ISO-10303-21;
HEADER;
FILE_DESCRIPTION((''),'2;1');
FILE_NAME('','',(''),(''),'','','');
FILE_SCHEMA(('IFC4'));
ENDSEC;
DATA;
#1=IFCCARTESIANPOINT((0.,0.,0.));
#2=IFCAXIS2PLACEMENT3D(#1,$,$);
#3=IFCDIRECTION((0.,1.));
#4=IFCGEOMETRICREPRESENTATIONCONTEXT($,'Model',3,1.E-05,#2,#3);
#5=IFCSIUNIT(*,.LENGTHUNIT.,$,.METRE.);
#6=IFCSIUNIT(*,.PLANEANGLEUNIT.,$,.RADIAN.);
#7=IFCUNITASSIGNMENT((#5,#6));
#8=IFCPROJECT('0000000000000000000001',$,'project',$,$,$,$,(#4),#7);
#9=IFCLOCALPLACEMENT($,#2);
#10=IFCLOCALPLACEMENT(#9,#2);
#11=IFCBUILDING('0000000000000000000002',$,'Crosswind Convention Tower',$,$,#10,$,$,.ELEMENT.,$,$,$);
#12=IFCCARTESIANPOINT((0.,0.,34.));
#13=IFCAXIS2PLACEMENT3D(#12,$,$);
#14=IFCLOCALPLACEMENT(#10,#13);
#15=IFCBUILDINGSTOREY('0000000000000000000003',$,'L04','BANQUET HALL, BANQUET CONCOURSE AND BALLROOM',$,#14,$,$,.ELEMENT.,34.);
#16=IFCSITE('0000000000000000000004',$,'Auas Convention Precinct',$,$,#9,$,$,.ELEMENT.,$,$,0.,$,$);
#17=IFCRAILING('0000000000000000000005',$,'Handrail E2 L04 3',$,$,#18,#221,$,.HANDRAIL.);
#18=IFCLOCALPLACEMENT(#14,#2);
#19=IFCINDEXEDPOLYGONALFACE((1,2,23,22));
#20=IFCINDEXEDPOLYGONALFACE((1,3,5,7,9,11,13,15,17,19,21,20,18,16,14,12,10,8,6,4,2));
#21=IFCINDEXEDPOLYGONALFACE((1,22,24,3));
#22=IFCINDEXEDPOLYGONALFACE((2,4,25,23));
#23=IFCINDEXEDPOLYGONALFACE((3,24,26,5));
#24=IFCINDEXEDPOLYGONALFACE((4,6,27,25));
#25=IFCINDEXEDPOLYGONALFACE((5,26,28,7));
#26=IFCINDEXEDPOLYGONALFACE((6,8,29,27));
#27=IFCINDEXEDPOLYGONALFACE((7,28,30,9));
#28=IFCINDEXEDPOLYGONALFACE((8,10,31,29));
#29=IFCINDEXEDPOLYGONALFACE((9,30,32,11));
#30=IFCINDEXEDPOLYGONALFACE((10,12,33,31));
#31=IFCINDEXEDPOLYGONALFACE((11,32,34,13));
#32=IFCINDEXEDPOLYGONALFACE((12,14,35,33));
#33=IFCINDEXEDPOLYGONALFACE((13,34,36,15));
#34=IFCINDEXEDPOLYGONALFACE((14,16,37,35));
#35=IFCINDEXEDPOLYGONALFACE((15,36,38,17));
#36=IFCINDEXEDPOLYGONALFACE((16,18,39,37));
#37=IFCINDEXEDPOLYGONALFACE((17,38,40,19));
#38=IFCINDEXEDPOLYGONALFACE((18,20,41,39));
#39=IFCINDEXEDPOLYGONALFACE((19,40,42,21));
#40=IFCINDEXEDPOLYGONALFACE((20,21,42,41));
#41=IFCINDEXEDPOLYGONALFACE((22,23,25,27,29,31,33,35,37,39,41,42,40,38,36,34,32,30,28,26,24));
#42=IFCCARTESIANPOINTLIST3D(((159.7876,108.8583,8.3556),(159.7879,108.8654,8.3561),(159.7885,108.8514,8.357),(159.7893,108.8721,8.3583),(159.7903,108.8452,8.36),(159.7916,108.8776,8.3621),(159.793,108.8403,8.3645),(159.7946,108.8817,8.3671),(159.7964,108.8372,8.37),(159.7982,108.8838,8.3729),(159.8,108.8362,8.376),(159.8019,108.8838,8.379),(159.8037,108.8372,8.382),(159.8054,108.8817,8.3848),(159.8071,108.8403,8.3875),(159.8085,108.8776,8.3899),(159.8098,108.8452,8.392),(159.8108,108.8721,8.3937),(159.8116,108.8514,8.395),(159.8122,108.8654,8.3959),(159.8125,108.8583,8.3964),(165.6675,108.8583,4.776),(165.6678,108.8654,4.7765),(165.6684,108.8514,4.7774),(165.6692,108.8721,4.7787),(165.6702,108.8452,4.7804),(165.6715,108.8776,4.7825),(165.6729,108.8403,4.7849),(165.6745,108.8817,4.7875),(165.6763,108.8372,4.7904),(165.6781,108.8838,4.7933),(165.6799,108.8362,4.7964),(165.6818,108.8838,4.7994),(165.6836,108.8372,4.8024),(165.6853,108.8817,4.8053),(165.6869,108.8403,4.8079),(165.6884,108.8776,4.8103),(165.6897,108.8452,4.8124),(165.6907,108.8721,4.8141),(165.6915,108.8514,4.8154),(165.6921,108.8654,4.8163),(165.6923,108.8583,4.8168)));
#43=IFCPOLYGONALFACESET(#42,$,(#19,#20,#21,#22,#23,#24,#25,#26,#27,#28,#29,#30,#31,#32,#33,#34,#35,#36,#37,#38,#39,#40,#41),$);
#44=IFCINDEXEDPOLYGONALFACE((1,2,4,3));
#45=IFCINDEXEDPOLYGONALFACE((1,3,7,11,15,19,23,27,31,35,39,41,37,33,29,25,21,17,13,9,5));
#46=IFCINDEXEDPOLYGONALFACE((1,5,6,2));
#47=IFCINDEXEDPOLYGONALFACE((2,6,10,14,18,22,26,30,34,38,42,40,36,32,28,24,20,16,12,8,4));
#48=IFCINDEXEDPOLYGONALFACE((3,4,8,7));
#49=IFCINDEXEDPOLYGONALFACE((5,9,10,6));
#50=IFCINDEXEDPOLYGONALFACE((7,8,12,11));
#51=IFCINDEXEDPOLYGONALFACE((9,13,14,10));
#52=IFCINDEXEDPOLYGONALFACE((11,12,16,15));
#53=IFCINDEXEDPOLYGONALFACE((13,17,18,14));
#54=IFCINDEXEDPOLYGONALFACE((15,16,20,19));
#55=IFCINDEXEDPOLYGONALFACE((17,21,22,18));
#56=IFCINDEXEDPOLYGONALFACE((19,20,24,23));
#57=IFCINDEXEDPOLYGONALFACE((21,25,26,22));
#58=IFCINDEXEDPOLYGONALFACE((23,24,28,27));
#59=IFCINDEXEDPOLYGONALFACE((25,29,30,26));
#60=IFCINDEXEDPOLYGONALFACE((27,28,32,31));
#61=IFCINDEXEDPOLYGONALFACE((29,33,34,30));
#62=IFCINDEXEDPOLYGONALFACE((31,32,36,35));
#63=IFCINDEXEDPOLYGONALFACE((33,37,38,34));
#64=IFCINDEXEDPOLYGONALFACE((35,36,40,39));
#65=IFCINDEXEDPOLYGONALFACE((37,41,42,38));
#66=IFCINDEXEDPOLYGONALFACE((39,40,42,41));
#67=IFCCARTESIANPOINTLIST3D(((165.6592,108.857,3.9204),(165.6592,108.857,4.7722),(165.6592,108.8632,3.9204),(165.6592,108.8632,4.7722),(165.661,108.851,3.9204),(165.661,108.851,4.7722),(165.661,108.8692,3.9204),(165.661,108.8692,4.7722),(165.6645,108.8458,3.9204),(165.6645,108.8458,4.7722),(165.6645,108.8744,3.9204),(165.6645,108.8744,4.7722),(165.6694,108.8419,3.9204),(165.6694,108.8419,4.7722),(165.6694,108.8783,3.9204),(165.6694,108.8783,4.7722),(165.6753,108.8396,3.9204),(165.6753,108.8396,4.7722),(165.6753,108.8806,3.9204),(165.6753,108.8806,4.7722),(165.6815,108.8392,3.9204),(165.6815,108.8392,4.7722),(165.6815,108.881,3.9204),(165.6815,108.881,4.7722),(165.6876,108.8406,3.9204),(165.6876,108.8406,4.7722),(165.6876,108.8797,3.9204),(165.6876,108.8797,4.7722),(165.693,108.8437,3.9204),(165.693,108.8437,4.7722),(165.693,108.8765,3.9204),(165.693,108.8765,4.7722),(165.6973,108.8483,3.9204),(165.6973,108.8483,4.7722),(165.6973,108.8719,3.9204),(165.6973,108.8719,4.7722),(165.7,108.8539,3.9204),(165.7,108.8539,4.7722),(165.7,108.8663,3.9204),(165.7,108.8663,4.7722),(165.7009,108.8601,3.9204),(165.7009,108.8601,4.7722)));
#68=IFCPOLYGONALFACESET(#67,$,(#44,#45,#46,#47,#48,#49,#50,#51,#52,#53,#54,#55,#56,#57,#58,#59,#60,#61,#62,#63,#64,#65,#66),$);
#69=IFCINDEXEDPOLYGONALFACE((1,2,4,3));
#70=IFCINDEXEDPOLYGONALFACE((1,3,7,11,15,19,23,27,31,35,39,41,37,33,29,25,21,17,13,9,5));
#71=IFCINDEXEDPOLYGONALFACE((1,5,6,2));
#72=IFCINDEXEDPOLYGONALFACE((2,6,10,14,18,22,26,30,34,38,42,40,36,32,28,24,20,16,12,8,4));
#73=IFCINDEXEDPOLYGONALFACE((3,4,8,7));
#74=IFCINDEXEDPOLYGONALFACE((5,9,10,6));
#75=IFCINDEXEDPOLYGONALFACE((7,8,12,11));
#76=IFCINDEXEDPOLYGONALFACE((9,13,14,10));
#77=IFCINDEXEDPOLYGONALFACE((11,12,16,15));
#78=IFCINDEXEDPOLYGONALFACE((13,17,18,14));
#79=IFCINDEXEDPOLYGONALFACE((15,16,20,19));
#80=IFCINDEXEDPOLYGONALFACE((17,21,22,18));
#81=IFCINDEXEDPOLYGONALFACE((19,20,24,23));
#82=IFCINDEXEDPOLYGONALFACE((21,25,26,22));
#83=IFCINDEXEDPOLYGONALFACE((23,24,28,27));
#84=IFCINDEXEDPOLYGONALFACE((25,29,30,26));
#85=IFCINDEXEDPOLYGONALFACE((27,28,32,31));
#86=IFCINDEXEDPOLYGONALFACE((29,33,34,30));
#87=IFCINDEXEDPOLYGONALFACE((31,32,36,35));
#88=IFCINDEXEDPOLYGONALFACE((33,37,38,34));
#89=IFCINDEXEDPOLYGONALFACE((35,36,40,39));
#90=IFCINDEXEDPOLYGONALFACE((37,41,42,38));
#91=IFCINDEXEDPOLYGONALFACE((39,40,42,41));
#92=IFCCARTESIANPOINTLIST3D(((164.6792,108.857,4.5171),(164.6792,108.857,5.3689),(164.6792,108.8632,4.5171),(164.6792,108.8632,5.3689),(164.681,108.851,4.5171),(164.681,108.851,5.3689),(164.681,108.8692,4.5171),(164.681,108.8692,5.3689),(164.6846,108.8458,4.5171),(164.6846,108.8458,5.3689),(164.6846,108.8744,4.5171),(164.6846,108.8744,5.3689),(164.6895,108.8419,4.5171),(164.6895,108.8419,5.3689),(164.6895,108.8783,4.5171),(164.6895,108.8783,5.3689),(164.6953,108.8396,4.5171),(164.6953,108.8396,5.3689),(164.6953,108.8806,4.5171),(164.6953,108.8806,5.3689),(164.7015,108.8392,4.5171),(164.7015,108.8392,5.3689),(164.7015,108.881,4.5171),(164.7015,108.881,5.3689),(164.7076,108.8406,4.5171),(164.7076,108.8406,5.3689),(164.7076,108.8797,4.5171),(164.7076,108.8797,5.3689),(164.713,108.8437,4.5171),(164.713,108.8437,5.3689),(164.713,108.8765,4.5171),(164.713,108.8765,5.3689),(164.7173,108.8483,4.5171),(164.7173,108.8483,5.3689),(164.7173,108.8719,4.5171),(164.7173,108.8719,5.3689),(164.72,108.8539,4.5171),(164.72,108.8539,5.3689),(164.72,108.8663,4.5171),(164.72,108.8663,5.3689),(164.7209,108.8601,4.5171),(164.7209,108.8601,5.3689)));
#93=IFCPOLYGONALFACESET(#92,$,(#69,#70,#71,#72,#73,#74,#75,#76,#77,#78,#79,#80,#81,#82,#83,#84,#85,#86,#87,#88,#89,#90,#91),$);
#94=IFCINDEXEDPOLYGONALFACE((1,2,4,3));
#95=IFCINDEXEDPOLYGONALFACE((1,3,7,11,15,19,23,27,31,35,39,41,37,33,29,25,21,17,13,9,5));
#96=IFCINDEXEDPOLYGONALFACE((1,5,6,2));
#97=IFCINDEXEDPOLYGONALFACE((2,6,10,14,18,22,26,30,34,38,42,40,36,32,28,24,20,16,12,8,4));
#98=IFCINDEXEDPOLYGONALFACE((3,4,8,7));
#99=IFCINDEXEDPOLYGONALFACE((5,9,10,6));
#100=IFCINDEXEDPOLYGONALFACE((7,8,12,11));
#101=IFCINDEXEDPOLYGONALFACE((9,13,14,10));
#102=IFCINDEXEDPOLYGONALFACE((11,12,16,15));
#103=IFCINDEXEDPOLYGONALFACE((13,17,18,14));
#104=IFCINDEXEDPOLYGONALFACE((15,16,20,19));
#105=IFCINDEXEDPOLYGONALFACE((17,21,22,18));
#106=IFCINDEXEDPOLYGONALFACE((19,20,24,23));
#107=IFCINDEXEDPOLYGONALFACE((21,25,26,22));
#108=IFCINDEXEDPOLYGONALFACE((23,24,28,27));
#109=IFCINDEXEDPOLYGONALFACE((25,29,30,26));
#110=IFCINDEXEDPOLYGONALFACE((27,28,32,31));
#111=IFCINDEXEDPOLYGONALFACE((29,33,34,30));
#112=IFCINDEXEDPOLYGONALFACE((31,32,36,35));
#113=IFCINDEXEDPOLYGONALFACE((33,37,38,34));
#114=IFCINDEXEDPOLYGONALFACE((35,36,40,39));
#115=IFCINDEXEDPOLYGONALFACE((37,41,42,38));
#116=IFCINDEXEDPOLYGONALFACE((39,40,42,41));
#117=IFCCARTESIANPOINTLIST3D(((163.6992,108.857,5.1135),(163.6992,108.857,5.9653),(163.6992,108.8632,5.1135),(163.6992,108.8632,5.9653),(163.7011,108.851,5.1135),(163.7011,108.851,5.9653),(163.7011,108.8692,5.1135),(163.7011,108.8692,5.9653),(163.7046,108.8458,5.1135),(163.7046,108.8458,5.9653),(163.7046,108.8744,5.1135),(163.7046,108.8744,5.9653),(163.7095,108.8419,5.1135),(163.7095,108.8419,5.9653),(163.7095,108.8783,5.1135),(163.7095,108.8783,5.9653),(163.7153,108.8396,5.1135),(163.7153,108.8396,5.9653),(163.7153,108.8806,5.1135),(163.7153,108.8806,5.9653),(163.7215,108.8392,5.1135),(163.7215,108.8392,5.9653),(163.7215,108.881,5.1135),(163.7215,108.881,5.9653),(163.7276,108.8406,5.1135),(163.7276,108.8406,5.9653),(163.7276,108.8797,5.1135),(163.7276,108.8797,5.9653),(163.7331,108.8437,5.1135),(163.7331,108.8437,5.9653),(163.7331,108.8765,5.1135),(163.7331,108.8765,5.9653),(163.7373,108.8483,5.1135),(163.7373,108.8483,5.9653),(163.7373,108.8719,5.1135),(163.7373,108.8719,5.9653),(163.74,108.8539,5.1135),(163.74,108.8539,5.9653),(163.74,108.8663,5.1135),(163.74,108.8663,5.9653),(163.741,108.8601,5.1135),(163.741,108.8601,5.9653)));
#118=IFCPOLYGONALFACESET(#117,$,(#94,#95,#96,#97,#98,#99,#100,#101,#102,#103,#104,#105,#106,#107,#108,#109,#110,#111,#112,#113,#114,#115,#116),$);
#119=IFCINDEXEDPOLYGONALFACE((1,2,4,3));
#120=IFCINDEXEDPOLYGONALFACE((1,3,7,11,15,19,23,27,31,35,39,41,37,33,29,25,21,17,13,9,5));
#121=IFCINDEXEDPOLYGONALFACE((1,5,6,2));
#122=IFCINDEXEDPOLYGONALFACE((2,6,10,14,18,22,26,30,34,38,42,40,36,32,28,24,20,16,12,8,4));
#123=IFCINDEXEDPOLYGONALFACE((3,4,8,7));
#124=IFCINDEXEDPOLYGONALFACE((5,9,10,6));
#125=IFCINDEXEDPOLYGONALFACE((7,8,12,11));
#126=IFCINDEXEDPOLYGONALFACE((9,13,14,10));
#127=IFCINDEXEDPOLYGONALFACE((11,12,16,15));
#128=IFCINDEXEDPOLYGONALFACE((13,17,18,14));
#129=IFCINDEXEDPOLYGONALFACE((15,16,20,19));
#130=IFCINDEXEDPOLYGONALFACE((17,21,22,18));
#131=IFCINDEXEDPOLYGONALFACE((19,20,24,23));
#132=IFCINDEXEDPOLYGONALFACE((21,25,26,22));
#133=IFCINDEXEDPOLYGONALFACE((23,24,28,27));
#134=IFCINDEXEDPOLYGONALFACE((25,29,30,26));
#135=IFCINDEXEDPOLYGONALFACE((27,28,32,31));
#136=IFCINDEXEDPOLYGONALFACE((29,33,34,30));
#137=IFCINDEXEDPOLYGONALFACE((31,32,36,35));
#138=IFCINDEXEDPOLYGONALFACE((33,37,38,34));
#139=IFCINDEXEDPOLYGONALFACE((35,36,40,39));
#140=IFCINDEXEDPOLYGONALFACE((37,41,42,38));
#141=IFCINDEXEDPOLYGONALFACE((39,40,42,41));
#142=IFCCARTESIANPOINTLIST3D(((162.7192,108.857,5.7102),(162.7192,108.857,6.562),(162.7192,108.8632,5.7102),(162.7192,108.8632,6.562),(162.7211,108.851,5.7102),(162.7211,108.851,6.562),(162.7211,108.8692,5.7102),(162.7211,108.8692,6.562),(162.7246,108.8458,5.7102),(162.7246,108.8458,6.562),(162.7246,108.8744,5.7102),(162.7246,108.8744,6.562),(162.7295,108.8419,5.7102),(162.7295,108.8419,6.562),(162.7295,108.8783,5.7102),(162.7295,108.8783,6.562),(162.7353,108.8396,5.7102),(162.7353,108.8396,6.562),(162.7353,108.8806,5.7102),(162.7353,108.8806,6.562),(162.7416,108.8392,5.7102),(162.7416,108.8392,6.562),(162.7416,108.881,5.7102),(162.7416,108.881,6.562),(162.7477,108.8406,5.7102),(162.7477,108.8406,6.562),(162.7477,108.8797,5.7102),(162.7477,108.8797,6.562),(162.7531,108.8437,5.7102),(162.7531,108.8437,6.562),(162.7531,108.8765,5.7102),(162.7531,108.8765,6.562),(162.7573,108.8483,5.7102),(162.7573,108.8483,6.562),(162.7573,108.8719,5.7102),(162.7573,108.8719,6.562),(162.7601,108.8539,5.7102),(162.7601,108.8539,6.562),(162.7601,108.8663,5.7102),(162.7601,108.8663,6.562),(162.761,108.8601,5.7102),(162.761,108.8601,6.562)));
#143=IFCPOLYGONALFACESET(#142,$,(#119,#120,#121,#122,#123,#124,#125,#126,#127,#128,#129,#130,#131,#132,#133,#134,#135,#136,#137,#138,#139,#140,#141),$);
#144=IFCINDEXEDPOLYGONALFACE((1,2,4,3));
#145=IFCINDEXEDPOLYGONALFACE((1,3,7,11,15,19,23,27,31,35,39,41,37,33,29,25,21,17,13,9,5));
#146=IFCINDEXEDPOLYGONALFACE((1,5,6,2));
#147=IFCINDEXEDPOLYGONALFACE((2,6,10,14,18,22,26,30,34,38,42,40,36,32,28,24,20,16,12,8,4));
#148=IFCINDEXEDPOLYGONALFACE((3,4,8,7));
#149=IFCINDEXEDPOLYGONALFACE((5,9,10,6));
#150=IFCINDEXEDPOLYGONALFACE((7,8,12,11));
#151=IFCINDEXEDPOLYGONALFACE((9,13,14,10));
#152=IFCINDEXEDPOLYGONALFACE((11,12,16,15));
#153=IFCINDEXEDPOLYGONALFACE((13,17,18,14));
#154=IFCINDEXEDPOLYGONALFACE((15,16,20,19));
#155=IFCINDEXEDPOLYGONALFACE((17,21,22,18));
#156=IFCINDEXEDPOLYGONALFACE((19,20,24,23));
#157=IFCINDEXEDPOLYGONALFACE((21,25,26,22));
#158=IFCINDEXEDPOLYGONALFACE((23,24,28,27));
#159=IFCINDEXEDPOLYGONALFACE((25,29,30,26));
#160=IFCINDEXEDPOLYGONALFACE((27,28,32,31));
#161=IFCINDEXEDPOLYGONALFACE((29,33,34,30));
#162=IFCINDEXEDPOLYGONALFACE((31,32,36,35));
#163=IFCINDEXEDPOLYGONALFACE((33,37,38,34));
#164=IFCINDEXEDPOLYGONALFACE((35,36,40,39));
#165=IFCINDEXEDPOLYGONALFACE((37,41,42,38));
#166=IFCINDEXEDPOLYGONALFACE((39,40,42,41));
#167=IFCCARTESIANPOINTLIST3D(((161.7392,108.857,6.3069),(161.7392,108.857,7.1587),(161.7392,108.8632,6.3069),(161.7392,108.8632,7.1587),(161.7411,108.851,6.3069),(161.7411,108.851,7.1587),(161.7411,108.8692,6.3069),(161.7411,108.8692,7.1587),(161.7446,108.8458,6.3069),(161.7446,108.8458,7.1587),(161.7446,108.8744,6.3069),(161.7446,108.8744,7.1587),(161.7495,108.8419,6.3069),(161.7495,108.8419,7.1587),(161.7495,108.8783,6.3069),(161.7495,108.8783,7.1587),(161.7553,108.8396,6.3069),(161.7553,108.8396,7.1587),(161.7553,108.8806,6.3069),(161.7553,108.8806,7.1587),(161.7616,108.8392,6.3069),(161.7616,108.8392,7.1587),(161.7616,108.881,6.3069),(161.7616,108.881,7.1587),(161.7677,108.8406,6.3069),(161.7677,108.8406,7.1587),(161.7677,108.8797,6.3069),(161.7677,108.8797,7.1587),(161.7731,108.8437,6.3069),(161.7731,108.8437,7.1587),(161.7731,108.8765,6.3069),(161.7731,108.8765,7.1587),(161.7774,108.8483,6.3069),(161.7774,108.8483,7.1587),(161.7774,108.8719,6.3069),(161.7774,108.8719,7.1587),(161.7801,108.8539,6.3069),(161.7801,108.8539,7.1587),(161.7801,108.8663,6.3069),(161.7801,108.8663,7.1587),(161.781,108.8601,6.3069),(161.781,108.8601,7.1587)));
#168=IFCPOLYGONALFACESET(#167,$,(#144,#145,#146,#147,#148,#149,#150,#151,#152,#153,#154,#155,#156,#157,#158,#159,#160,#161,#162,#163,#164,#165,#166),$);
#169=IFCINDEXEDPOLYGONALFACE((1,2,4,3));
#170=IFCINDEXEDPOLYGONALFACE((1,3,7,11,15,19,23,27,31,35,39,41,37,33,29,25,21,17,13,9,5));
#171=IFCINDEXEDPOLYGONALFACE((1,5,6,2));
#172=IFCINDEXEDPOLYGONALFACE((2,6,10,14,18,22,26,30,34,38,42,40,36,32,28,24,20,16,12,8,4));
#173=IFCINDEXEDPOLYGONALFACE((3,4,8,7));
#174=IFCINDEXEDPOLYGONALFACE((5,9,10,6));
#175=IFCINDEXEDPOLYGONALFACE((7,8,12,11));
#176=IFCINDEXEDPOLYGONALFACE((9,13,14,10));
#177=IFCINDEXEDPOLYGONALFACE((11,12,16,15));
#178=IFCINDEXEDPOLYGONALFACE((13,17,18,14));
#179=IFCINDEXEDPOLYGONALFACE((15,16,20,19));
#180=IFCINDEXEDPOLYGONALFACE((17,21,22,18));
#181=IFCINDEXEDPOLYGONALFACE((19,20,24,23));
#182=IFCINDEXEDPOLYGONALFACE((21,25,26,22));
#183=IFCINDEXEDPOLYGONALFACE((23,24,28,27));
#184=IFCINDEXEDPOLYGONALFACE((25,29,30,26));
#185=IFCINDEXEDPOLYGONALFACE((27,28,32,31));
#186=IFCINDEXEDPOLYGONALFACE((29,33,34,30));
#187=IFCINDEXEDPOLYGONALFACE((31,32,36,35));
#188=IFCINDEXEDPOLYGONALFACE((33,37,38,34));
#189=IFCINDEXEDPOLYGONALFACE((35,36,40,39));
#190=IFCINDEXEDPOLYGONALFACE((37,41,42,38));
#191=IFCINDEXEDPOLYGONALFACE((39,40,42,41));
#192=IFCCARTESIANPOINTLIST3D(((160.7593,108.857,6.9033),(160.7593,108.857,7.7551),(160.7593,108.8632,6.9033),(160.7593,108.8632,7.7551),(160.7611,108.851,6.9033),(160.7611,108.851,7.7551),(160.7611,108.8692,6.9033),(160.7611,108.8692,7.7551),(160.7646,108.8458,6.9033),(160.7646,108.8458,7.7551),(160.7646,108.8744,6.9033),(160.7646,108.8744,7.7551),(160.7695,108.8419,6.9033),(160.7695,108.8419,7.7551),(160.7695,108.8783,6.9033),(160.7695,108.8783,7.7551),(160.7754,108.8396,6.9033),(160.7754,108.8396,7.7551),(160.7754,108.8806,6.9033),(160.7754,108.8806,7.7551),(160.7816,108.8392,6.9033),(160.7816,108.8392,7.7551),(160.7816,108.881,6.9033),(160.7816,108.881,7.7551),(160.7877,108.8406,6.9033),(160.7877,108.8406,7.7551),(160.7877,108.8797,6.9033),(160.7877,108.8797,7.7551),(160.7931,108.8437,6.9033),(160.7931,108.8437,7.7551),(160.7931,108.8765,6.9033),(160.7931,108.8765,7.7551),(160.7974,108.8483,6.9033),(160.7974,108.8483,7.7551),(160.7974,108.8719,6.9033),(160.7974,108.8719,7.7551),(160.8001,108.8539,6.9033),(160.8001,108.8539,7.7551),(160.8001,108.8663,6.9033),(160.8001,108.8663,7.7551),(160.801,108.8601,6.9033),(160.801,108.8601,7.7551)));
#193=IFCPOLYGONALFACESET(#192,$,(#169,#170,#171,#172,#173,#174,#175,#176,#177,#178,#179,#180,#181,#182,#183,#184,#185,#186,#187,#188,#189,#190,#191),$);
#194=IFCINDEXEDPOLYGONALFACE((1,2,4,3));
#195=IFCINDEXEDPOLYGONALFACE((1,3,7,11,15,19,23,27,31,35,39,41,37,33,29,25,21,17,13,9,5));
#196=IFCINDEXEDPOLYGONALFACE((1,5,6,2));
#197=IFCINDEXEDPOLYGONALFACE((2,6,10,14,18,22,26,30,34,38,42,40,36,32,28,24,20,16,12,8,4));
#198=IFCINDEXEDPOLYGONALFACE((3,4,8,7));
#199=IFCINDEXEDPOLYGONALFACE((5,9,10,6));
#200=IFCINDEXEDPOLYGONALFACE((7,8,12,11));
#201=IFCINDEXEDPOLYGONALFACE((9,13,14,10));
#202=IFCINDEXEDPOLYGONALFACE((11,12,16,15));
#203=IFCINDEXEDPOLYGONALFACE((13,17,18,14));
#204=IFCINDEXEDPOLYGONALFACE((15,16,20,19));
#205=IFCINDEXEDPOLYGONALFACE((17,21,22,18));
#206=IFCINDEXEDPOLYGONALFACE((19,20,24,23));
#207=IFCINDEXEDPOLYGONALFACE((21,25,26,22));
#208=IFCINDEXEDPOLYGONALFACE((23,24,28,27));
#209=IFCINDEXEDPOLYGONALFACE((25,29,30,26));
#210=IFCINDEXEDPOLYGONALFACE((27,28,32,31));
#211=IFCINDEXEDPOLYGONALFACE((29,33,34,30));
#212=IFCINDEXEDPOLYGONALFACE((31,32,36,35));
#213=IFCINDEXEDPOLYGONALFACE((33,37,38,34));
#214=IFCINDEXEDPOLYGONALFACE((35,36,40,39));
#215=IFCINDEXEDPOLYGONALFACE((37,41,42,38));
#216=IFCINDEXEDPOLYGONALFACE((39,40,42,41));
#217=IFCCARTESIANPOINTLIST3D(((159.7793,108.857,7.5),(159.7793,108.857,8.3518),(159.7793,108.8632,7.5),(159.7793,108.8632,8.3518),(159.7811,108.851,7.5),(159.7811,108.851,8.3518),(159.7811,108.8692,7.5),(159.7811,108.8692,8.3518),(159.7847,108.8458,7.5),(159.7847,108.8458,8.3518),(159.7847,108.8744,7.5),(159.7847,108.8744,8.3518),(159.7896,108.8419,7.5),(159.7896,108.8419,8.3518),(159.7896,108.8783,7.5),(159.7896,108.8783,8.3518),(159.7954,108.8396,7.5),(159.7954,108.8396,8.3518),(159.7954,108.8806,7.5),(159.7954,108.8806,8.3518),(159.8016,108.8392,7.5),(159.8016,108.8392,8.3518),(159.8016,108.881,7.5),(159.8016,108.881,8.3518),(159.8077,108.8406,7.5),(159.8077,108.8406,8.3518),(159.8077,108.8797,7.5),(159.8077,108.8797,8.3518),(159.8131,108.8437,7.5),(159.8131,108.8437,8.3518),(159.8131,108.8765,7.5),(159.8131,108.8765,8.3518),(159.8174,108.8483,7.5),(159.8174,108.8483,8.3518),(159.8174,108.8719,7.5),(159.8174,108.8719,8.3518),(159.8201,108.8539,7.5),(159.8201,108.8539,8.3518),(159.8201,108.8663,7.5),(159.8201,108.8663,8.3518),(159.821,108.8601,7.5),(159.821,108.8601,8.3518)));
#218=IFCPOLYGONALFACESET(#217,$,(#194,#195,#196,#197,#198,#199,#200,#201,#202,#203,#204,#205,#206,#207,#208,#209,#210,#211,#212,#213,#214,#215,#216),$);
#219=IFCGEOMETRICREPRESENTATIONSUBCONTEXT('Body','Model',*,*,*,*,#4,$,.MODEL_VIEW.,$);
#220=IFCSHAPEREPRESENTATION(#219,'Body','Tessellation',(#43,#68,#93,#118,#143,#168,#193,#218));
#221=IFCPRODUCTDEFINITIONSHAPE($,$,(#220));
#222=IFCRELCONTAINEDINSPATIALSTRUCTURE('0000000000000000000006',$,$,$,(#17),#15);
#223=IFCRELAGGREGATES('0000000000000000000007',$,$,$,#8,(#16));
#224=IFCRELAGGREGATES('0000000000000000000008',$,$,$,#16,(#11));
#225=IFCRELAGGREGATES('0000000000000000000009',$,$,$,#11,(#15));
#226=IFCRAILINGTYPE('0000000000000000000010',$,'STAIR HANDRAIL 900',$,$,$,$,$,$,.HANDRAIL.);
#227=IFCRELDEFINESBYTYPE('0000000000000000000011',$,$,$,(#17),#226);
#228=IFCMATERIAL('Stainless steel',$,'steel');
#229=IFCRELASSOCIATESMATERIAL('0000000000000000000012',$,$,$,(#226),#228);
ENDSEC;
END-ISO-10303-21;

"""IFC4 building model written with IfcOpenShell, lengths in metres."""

from ifc_helpers import new_model, si_unit, direction, frame, origin, origin_2d, place, context, subcontext, project, spatial, circle, extrude, material, type_object, element, save


model = new_model("IFC4")

# Units and contexts
model_context = context("Model", 3, precision=1e-05, world=origin(), true_north=direction((0.0, 1.0)))
body_context = subcontext(model_context, "Body", "Model", "MODEL_VIEW")
ifc_project = project(units=[si_unit("LENGTHUNIT", "METRE"), si_unit("PLANEANGLEUNIT", "RADIAN")], contexts=[model_context])

# Site, building, storey
site_placement = place(None, origin())
site = spatial("IfcSite", under=ifc_project, at=site_placement, Name="Auas Convention Precinct", CompositionType="ELEMENT", RefElevation=0.0)
building_placement = place(site_placement, origin())
building = spatial("IfcBuilding", under=site, at=building_placement, Name="Crosswind Convention Tower", CompositionType="ELEMENT")
storey_placement = place(building_placement, frame((0.0, 0.0, 34.0)))
storey = spatial("IfcBuildingStorey", under=building, at=storey_placement, Name="L04", Description="BANQUET HALL, BANQUET CONCOURSE AND BALLROOM", CompositionType="ELEMENT", Elevation=34.0)

# Railing
ifc_material_1 = material(Name="Stainless steel", Category="steel")
railing_type_1 = type_object("IfcRailingType", Name="STAIR HANDRAIL 900", PredefinedType="HANDRAIL", material=ifc_material_1)
railing_1_placement = place(storey_placement, frame((165.6799, 108.8601, 3.9204)))
element("IfcRailing", 1, at=railing_1_placement, inside=storey, type_object=railing_type_1, Name="Handrail E2 L04 3", PredefinedType="HANDRAIL", context=body_context, shape_type="SweptSolid", body=[
    extrude(circle(Radius=0.0239, at=origin_2d()), frame((0.0, 0.0, 0.876), z_axis=(-0.854164, 0.0, 0.520003), x_axis=(0.0, -1.0, 0.0)), (0.0, 0.0, 1.0), 6.8838),
    extrude(circle(Radius=0.021, at=origin_2d()), origin(), (0.0, 0.0, 1.0), 0.8518),
    extrude(circle(Radius=0.021, at=origin_2d()), frame((-0.98, 0.0, 0.5967)), (0.0, 0.0, 1.0), 0.8518),
    extrude(circle(Radius=0.021, at=origin_2d()), frame((-1.96, 0.0, 1.1931)), (0.0, 0.0, 1.0), 0.8518),
    extrude(circle(Radius=0.021, at=origin_2d()), frame((-2.9399, 0.0, 1.7898)), (0.0, 0.0, 1.0), 0.8518),
    extrude(circle(Radius=0.021, at=origin_2d()), frame((-3.9199, 0.0, 2.3865)), (0.0, 0.0, 1.0), 0.8518),
    extrude(circle(Radius=0.021, at=origin_2d()), frame((-4.8999, 0.0, 2.9829)), (0.0, 0.0, 1.0), 0.8518),
    extrude(circle(Radius=0.021, at=origin_2d()), frame((-5.8799, 0.0, 3.5796)), (0.0, 0.0, 1.0), 0.8518),
])

save(model, "model.ifc")
